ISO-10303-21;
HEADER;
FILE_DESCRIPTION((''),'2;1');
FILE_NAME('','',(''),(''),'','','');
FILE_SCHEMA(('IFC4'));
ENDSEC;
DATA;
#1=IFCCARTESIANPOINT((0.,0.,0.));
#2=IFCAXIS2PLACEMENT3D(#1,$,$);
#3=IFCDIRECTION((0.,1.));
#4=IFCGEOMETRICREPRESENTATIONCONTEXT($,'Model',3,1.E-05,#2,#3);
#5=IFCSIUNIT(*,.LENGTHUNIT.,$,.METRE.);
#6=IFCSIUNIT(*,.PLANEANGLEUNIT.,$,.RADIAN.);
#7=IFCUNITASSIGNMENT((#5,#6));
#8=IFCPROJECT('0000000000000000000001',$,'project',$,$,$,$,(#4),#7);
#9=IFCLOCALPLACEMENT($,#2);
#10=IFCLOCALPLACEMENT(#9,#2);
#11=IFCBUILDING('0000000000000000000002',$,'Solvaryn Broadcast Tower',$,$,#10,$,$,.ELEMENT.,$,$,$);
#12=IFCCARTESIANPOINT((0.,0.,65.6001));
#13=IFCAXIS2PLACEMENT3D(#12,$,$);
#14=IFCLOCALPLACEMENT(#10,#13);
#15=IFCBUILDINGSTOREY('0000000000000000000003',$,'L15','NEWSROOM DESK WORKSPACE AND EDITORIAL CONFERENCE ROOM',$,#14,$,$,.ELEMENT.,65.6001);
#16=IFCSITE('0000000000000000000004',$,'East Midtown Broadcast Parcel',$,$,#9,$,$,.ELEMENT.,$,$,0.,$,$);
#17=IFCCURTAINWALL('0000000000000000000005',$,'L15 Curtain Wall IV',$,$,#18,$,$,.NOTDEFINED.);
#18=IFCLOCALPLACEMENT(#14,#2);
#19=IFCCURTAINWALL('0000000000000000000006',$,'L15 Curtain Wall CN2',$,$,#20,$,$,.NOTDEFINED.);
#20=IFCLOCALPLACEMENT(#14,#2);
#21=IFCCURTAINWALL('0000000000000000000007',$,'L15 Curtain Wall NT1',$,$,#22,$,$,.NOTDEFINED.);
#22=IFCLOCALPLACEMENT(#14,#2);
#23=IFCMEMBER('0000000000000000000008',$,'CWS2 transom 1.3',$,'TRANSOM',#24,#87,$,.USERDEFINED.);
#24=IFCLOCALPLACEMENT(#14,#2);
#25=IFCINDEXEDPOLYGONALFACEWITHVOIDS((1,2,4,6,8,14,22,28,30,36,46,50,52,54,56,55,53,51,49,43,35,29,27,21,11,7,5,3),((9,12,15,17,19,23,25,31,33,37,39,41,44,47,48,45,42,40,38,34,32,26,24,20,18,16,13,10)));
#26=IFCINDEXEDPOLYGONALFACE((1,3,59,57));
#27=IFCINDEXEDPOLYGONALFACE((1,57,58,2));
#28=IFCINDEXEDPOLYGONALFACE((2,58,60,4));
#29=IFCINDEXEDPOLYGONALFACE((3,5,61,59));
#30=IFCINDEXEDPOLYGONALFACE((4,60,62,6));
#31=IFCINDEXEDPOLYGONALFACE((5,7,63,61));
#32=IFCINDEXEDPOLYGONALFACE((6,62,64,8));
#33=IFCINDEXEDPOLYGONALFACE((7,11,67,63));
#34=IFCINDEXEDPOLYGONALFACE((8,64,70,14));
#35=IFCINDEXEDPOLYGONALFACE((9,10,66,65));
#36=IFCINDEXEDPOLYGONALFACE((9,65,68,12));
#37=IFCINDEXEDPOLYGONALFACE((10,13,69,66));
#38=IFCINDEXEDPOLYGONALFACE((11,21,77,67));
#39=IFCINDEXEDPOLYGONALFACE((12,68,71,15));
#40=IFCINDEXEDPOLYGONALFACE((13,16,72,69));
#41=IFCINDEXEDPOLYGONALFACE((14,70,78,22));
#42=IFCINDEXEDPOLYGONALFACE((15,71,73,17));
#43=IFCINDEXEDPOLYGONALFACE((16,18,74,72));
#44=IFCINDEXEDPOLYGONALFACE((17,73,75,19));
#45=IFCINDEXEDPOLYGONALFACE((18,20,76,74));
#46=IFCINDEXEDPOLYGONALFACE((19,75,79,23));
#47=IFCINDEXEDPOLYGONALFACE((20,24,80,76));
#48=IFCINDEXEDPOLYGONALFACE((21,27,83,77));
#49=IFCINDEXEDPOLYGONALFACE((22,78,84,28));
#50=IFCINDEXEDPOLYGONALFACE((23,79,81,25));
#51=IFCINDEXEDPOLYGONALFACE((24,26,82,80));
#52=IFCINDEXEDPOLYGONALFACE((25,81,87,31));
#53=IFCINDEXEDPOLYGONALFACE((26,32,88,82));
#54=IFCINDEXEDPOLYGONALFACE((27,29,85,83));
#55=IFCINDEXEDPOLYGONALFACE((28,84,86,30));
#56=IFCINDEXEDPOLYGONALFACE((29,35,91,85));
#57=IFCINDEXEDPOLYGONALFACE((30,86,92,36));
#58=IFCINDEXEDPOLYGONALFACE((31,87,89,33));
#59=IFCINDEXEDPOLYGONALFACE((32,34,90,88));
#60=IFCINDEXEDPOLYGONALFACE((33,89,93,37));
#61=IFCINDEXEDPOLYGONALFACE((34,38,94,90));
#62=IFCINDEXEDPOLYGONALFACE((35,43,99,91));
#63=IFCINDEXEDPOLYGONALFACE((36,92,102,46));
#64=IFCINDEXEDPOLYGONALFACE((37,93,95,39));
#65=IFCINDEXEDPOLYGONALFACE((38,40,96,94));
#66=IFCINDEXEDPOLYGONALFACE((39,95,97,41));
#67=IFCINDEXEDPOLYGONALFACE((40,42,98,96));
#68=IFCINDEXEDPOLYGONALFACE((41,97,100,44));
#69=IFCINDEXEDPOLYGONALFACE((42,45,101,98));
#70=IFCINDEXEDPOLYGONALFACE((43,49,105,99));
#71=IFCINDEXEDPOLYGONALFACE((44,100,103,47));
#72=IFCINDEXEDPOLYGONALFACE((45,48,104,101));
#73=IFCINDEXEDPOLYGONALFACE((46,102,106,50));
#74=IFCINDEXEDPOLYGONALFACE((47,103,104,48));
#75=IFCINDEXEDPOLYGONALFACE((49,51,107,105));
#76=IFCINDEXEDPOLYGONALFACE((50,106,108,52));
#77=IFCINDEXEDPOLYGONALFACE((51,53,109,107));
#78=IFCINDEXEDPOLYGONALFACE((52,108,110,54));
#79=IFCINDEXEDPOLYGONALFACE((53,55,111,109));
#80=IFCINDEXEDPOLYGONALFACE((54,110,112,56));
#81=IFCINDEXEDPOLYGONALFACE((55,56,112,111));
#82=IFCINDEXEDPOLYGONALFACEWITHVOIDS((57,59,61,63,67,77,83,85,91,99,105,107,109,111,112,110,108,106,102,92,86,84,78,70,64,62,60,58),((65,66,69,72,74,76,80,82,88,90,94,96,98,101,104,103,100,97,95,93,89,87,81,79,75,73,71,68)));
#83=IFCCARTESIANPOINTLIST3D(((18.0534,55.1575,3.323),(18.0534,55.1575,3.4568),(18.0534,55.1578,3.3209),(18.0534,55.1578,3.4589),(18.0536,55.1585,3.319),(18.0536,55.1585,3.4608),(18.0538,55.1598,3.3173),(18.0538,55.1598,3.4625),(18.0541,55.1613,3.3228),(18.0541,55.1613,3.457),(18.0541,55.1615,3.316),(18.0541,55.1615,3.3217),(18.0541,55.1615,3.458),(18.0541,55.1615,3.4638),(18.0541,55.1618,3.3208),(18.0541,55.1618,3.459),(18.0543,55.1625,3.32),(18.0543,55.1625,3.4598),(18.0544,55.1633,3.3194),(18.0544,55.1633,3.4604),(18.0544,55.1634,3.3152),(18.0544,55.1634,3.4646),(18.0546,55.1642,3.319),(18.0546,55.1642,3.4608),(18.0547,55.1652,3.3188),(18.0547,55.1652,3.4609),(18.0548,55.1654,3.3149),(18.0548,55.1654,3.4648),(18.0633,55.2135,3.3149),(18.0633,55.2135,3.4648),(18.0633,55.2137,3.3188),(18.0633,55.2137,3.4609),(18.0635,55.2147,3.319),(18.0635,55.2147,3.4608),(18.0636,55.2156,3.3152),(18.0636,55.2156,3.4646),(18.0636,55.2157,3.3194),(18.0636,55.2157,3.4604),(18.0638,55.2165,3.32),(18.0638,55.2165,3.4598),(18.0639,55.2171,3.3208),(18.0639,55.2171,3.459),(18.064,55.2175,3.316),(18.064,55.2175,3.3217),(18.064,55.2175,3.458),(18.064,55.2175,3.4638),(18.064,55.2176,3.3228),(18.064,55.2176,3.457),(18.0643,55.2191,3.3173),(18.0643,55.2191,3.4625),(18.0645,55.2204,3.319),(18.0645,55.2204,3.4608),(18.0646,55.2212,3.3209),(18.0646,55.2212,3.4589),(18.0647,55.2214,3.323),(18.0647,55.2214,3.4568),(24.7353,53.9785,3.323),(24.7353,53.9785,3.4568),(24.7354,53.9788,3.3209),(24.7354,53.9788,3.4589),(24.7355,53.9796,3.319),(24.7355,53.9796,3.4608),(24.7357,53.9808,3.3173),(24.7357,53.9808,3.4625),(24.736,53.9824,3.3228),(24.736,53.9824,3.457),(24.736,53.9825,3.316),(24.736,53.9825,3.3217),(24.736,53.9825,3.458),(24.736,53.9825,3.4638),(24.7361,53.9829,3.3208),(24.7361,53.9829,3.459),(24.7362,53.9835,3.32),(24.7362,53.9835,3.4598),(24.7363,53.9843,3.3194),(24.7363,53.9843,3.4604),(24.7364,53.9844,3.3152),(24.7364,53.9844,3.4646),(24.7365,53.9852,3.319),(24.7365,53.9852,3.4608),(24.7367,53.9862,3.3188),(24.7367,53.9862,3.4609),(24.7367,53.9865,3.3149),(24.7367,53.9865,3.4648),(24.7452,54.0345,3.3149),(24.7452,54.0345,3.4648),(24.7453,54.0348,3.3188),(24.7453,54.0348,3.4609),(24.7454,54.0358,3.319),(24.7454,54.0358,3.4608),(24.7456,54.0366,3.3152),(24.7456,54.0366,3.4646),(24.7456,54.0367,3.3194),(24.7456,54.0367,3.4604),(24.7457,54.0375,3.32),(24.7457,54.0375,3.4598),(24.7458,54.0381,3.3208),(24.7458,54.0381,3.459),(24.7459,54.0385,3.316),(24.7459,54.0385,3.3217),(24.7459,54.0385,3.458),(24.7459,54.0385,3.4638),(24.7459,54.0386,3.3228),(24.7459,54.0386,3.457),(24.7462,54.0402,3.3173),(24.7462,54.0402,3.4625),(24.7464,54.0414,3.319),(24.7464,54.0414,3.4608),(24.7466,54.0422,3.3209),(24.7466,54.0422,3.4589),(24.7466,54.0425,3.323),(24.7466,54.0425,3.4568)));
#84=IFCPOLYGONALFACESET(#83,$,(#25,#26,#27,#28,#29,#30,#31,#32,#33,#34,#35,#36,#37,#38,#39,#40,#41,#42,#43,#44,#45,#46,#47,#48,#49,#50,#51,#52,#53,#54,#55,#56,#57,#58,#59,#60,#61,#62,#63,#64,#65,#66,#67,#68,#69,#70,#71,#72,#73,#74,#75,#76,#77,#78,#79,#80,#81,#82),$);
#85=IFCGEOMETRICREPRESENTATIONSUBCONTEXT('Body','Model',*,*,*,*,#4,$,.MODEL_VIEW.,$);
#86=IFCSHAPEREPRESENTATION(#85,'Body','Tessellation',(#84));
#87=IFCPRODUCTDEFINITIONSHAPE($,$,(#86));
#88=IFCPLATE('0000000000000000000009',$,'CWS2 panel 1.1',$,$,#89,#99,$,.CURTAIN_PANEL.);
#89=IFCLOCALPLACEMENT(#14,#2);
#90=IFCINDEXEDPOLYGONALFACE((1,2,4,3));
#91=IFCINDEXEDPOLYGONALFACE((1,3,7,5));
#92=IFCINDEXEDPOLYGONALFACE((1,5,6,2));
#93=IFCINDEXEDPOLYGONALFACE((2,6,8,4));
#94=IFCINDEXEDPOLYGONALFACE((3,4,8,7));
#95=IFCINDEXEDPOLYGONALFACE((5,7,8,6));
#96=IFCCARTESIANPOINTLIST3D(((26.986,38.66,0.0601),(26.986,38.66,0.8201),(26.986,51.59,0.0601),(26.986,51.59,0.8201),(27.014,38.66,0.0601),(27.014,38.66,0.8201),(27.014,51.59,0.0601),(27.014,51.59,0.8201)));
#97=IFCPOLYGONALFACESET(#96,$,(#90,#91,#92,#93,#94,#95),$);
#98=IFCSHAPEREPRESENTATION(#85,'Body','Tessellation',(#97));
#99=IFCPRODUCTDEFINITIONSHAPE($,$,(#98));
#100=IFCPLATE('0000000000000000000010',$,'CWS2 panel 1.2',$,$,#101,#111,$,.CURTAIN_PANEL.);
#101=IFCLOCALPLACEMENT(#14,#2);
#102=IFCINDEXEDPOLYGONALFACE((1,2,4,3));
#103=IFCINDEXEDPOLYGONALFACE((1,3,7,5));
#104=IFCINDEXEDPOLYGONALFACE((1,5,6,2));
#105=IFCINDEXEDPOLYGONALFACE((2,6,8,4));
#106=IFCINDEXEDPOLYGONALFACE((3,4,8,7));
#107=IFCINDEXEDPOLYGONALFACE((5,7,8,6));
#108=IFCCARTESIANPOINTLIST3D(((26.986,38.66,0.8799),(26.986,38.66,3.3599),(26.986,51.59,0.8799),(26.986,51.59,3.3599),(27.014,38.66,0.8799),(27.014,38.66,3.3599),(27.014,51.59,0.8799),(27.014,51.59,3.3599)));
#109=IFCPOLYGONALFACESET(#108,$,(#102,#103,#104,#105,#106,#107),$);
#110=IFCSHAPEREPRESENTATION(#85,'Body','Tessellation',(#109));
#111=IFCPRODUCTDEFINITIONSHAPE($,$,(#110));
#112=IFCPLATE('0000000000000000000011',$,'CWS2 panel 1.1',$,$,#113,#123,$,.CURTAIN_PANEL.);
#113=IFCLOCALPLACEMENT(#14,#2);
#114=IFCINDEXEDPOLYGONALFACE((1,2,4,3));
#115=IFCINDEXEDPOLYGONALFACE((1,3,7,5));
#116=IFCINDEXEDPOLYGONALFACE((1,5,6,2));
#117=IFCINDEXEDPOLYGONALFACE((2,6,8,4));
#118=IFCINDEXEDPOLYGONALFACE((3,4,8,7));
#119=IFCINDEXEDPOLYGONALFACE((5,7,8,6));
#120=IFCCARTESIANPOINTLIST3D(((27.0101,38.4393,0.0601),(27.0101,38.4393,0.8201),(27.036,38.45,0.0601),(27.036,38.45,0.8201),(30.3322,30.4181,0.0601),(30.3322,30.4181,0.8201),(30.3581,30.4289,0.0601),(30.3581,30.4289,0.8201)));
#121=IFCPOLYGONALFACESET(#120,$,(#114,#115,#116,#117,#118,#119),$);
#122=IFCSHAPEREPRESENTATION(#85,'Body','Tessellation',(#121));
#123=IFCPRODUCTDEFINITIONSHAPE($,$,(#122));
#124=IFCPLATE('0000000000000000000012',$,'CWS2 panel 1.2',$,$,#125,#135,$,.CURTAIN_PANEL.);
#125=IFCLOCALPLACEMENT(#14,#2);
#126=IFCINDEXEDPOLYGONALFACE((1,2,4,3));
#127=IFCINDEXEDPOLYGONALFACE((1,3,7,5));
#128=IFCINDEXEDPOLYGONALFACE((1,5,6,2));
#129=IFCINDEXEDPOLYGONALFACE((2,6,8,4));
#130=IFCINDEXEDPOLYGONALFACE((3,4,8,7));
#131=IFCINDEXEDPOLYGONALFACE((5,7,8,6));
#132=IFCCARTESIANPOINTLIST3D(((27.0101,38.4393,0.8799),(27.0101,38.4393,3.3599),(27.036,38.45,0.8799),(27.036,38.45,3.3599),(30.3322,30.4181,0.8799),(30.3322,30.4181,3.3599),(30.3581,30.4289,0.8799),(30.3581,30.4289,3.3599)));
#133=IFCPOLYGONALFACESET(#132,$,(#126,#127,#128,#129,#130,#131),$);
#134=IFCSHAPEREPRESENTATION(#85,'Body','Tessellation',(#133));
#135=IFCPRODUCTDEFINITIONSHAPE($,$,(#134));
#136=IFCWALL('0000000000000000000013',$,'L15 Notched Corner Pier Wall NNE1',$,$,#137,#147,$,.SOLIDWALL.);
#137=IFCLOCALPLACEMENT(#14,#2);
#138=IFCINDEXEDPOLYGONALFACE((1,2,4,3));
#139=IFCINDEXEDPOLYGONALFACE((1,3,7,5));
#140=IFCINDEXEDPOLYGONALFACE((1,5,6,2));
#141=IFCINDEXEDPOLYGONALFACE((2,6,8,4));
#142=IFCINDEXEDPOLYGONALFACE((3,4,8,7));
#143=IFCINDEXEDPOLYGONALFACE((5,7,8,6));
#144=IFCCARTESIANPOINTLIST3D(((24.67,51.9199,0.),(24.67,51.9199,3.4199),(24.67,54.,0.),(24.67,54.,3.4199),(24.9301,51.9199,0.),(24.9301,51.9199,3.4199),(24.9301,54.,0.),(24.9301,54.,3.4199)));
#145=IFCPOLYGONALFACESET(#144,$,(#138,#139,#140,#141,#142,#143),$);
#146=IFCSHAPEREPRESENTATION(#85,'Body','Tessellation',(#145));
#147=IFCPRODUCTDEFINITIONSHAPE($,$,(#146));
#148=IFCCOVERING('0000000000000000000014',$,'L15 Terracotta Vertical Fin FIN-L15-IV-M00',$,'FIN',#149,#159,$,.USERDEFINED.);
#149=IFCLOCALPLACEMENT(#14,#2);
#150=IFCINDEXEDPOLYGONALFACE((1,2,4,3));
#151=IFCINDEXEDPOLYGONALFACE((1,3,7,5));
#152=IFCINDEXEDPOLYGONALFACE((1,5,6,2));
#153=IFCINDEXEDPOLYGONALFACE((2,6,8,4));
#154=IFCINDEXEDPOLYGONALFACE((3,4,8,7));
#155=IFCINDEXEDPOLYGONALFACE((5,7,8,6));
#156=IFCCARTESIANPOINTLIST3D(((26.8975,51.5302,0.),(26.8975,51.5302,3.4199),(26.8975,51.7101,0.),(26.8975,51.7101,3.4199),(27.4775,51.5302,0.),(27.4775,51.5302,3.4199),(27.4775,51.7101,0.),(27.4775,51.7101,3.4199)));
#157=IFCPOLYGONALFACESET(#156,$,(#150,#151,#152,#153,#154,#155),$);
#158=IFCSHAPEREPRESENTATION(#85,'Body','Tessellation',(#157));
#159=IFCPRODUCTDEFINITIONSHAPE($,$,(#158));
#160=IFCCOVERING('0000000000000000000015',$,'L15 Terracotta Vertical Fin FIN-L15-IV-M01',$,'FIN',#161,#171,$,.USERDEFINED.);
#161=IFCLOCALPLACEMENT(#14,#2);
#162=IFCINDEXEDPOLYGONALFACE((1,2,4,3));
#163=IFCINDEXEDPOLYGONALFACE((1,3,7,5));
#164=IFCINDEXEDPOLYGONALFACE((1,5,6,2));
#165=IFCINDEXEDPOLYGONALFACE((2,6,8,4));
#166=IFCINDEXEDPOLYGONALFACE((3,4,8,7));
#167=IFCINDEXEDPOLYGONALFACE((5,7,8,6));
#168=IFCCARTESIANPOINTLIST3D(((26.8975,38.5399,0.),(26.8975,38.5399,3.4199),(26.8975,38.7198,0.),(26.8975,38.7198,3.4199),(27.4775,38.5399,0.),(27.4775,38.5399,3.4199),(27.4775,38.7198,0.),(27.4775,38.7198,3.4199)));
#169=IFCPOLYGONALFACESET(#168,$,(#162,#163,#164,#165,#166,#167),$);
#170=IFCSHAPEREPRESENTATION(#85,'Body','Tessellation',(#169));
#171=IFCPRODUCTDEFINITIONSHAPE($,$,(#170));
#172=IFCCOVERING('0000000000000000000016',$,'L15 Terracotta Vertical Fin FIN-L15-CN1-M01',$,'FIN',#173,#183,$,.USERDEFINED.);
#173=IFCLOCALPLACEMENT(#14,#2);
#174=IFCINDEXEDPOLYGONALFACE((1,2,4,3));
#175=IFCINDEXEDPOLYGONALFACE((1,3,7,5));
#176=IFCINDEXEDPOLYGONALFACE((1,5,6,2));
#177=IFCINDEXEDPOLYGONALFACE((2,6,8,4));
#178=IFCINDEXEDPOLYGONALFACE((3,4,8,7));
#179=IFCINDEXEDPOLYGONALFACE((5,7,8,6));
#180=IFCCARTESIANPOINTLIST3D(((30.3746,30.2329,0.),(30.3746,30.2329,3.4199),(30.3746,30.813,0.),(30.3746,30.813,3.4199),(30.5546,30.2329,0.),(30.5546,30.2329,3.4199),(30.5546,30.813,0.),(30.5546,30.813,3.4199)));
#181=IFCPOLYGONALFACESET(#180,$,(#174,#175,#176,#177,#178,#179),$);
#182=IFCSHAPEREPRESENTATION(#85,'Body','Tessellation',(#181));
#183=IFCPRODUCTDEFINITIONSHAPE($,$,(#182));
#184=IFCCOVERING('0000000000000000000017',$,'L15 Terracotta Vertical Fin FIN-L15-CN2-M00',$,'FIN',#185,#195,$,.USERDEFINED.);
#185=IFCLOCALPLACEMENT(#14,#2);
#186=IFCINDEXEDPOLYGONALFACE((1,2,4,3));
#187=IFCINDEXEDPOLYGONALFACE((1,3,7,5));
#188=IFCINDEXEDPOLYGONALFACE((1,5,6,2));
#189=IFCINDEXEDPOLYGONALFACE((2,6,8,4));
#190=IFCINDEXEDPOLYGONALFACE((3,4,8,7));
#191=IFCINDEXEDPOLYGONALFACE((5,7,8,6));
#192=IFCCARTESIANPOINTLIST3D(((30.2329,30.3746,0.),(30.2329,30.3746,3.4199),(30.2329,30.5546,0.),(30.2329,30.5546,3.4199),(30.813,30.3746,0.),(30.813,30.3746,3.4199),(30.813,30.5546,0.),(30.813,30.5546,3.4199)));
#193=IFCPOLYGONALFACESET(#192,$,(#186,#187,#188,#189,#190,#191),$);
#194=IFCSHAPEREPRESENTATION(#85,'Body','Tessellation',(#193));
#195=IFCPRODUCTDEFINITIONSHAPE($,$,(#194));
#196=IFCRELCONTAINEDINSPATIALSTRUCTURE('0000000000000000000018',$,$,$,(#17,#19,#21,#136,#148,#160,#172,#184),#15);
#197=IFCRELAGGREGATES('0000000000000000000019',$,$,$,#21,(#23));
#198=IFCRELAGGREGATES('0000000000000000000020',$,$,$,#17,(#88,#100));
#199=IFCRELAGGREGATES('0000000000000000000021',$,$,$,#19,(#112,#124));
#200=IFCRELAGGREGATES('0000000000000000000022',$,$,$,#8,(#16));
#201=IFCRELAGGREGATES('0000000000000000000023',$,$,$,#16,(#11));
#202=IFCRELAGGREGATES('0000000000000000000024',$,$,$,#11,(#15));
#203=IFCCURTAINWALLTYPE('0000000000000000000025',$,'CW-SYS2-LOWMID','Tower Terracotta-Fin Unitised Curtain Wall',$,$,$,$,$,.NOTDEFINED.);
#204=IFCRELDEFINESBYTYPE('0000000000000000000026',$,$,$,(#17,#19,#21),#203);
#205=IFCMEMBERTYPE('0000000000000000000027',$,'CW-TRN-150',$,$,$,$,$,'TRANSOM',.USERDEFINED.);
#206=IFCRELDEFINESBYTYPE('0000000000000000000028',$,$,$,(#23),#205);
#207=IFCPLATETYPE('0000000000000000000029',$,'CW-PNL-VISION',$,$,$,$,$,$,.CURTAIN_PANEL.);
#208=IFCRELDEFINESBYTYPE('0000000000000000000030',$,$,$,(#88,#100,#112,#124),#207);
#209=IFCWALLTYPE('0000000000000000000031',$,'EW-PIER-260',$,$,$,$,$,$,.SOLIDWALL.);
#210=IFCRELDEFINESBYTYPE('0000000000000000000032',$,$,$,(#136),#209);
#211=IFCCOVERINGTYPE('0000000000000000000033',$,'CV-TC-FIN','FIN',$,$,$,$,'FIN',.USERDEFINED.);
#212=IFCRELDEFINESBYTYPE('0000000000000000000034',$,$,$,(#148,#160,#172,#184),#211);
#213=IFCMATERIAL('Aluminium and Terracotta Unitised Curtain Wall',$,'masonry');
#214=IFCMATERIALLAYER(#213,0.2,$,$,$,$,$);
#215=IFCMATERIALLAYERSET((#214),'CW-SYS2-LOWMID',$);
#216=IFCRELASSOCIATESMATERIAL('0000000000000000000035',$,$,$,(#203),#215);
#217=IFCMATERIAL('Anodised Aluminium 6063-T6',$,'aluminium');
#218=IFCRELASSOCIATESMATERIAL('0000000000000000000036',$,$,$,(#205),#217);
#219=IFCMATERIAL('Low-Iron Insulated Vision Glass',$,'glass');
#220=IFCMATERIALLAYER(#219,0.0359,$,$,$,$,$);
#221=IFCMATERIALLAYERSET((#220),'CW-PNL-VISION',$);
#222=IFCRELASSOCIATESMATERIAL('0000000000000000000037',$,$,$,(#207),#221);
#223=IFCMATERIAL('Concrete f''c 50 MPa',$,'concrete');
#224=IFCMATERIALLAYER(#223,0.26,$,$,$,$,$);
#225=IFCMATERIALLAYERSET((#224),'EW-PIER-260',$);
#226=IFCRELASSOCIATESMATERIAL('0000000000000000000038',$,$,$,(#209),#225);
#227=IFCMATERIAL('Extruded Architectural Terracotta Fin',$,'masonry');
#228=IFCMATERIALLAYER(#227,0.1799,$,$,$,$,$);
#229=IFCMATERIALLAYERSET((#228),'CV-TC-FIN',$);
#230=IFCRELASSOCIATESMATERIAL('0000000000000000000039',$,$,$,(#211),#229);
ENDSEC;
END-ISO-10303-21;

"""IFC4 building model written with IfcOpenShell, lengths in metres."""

from ifc_helpers import new_model, si_unit, direction, frame, frame_2d, origin, origin_2d, place, context, subcontext, project, spatial, rectangle, hollow_rectangle, extrude, material, layer, layer_set, material_profile, profile_set, type_object, element, aggregate, save


model = new_model("IFC4")

# Units and contexts
model_context = context("Model", 3, precision=1e-05, world=origin(), true_north=direction((0.0, 1.0)))
body_context = subcontext(model_context, "Body", "Model", "MODEL_VIEW")
ifc_project = project(units=[si_unit("LENGTHUNIT", "METRE"), si_unit("PLANEANGLEUNIT", "RADIAN")], contexts=[model_context])

# Site, building, storey
site_placement = place(None, origin())
site = spatial("IfcSite", under=ifc_project, at=site_placement, Name="East Midtown Broadcast Parcel", CompositionType="ELEMENT", RefElevation=0.0)
building_placement = place(site_placement, origin())
building = spatial("IfcBuilding", under=site, at=building_placement, Name="Solvaryn Broadcast Tower", CompositionType="ELEMENT")
storey_placement = place(building_placement, frame((0.0, 0.0, 65.6001)))
storey = spatial("IfcBuildingStorey", under=building, at=storey_placement, Name="L15", Description="NEWSROOM DESK WORKSPACE AND EDITORIAL CONFERENCE ROOM", CompositionType="ELEMENT", Elevation=65.6001)

# Curtain wall
ifc_material_1 = material(Name="Aluminium and Terracotta Unitised Curtain Wall", Category="masonry")
ifc_layer_1 = layer(ifc_material_1, 0.2)
ifc_layer_set_1 = layer_set([ifc_layer_1], Name="CW-SYS2-LOWMID")
curtain_wall_type = type_object("IfcCurtainWallType", Name="CW-SYS2-LOWMID", Description="Tower Terracotta-Fin Unitised Curtain Wall", PredefinedType="NOTDEFINED", material=ifc_layer_set_1)
curtain_wall_1_placement = place(storey_placement, origin())
curtain_wall_1 = element("IfcCurtainWall", 1, at=curtain_wall_1_placement, inside=storey, type_object=curtain_wall_type, Name="L15 Curtain Wall IV", PredefinedType="NOTDEFINED")

# Curtain walls
curtain_wall_2_placement = place(storey_placement, origin())
curtain_wall_2 = element("IfcCurtainWall", 2, at=curtain_wall_2_placement, inside=storey, type_object=curtain_wall_type, Name="L15 Curtain Wall CN2", PredefinedType="NOTDEFINED")
curtain_wall_3_placement = place(storey_placement, origin())
curtain_wall_3 = element("IfcCurtainWall", 3, at=curtain_wall_3_placement, inside=storey, type_object=curtain_wall_type, Name="L15 Curtain Wall NT1", PredefinedType="NOTDEFINED")

# Member
ifc_material_2 = material(Name="Anodised Aluminium 6063-T6", Category="aluminium")
ifc_material_profile_1 = material_profile(ifc_material_2, hollow_rectangle(XDim=0.0649, YDim=0.1499, WallThickness=0.0039, InnerFilletRadius=0.0039, OuterFilletRadius=0.0081, at=origin_2d()))
ifc_profile_set_1 = profile_set([ifc_material_profile_1], Name="Anodised Aluminium 6063-T6")
member_type_1 = type_object("IfcMemberType", Name="CW-TRN-150", ElementType="TRANSOM", PredefinedType="USERDEFINED", material=ifc_profile_set_1)
member_1_placement = place(storey_placement, frame((24.741, 54.0105, 3.3899), z_axis=(-0.984789, 0.173757, 0.0), x_axis=(-0.173757, -0.984789, 0.0)))
member_1 = element("IfcMember", 4, at=member_1_placement, type_object=member_type_1, Name="CWS2 transom 1.3", ObjectType="TRANSOM", PredefinedType="USERDEFINED", context=body_context, shape_type="SweptSolid", body=[
    extrude(hollow_rectangle(XDim=0.0649, YDim=0.1499, WallThickness=0.0039, InnerFilletRadius=0.0039, OuterFilletRadius=0.0081, at=origin_2d()), origin(), (0.0, 0.0, 1.0), 6.7852),
])
aggregate(curtain_wall_3, [member_1])

# Plates
ifc_material_3 = material(Name="Low-Iron Insulated Vision Glass", Category="glass")
ifc_layer_2 = layer(ifc_material_3, 0.0359)
ifc_layer_set_2 = layer_set([ifc_layer_2], Name="CW-PNL-VISION")
plate_type = type_object("IfcPlateType", Name="CW-PNL-VISION", PredefinedType="CURTAIN_PANEL", material=ifc_layer_set_2)
plate_1_placement = place(storey_placement, frame((27.0, 45.125, 0.0601), z_axis=(0.0, 0.0, 1.0), x_axis=(0.0, -1.0, 0.0)))
plate_1 = element("IfcPlate", 5, at=plate_1_placement, type_object=plate_type, Name="CWS2 panel 1.1", PredefinedType="CURTAIN_PANEL", context=body_context, shape_type="SweptSolid", body=[
    extrude(rectangle(XDim=12.9299, YDim=0.0281, at=origin_2d()), origin(), (0.0, 0.0, 1.0), 0.76),
])
plate_2_placement = place(storey_placement, frame((27.0, 45.125, 0.8799), z_axis=(0.0, 0.0, 1.0), x_axis=(0.0, -1.0, 0.0)))
plate_2 = element("IfcPlate", 6, at=plate_2_placement, type_object=plate_type, Name="CWS2 panel 1.2", PredefinedType="CURTAIN_PANEL", context=body_context, shape_type="SweptSolid", body=[
    extrude(rectangle(XDim=12.9299, YDim=0.0281, at=origin_2d()), origin(), (0.0, 0.0, 1.0), 2.48),
])
aggregate(curtain_wall_1, [plate_1, plate_2])
plate_3_placement = place(storey_placement, frame((28.6841, 34.4341, 0.0601), z_axis=(0.0, 0.0, 1.0), x_axis=(-0.382646, 0.923895, 0.0)))
plate_3 = element("IfcPlate", 7, at=plate_3_placement, type_object=plate_type, Name="CWS2 panel 1.1", PredefinedType="CURTAIN_PANEL", context=body_context, shape_type="SweptSolid", body=[
    extrude(rectangle(XDim=8.6819, YDim=0.0281, at=origin_2d()), origin(), (0.0, 0.0, 1.0), 0.76),
])
plate_4_placement = place(storey_placement, frame((28.6841, 34.4341, 0.8799), z_axis=(0.0, 0.0, 1.0), x_axis=(-0.382646, 0.923895, 0.0)))
plate_4 = element("IfcPlate", 8, at=plate_4_placement, type_object=plate_type, Name="CWS2 panel 1.2", PredefinedType="CURTAIN_PANEL", context=body_context, shape_type="SweptSolid", body=[
    extrude(rectangle(XDim=8.6819, YDim=0.0281, at=origin_2d()), origin(), (0.0, 0.0, 1.0), 2.48),
])
aggregate(curtain_wall_2, [plate_3, plate_4])

# Wall
ifc_material_4 = material(Name="Concrete f'c 50 MPa", Category="concrete")
ifc_layer_3 = layer(ifc_material_4, 0.26)
ifc_layer_set_3 = layer_set([ifc_layer_3], Name="EW-PIER-260")
wall_type_1 = type_object("IfcWallType", Name="EW-PIER-260", PredefinedType="SOLIDWALL", material=ifc_layer_set_3)
wall_1_placement = place(storey_placement, frame((24.8, 54.0, 0.0), z_axis=(0.0, 0.0, 1.0), x_axis=(0.0, -1.0, 0.0)))
element("IfcWall", 9, at=wall_1_placement, inside=storey, type_object=wall_type_1, Name="L15 Notched Corner Pier Wall NNE1", PredefinedType="SOLIDWALL", context=body_context, shape_type="SweptSolid", body=[
    extrude(rectangle(XDim=2.0801, YDim=0.26, at=frame_2d((1.04, 0.0))), origin(), (0.0, 0.0, 1.0), 3.4199),
])

# Coverings
ifc_material_5 = material(Name="Extruded Architectural Terracotta Fin", Category="masonry")
ifc_layer_4 = layer(ifc_material_5, 0.1799)
ifc_layer_set_4 = layer_set([ifc_layer_4], Name="CV-TC-FIN")
covering_type = type_object("IfcCoveringType", Name="CV-TC-FIN", Description="FIN", ElementType="FIN", PredefinedType="USERDEFINED", material=ifc_layer_set_4)
for number, where, z_axis, x_axis, name in (
    (10, (27.1875, 51.6201, 0.0), (0.0, 0.0, 1.0), (1.0, 0.0, 0.0), "L15 Terracotta Vertical Fin FIN-L15-IV-M00"),
    (11, (27.1875, 38.6299, 0.0), (0.0, 0.0, 1.0), (1.0, 0.0, 0.0), "L15 Terracotta Vertical Fin FIN-L15-IV-M01"),
):
    element("IfcCovering", number, at=place(storey_placement, frame(where, z_axis=z_axis, x_axis=x_axis)), inside=storey, type_object=covering_type, Name=name, ObjectType="FIN", PredefinedType="USERDEFINED", context=body_context, shape_type="SweptSolid", body=[
        extrude(rectangle(XDim=0.5801, YDim=0.1799, at=origin_2d()), origin(), (0.0, 0.0, 1.0), 3.4199),
    ])
covering_1_placement = place(storey_placement, frame((30.4646, 30.5229, 0.0), z_axis=(0.0, 0.0, 1.0), x_axis=(1.0, 0.0, 0.0)))
element("IfcCovering", 12, at=covering_1_placement, inside=storey, type_object=covering_type, Name="L15 Terracotta Vertical Fin FIN-L15-CN1-M01", ObjectType="FIN", PredefinedType="USERDEFINED", context=body_context, shape_type="SweptSolid", body=[
    extrude(rectangle(XDim=0.1799, YDim=0.5801, at=origin_2d()), origin(), (0.0, 0.0, 1.0), 3.4199),
])
for number, where, z_axis, x_axis, name in (
    (13, (30.5229, 30.4646, 0.0), (0.0, 0.0, 1.0), (1.0, 0.0, 0.0), "L15 Terracotta Vertical Fin FIN-L15-CN2-M00"),
):
    element("IfcCovering", number, at=place(storey_placement, frame(where, z_axis=z_axis, x_axis=x_axis)), inside=storey, type_object=covering_type, Name=name, ObjectType="FIN", PredefinedType="USERDEFINED", context=body_context, shape_type="SweptSolid", body=[
        extrude(rectangle(XDim=0.5801, YDim=0.1799, at=origin_2d()), origin(), (0.0, 0.0, 1.0), 3.4199),
    ])

save(model, "model.ifc")
